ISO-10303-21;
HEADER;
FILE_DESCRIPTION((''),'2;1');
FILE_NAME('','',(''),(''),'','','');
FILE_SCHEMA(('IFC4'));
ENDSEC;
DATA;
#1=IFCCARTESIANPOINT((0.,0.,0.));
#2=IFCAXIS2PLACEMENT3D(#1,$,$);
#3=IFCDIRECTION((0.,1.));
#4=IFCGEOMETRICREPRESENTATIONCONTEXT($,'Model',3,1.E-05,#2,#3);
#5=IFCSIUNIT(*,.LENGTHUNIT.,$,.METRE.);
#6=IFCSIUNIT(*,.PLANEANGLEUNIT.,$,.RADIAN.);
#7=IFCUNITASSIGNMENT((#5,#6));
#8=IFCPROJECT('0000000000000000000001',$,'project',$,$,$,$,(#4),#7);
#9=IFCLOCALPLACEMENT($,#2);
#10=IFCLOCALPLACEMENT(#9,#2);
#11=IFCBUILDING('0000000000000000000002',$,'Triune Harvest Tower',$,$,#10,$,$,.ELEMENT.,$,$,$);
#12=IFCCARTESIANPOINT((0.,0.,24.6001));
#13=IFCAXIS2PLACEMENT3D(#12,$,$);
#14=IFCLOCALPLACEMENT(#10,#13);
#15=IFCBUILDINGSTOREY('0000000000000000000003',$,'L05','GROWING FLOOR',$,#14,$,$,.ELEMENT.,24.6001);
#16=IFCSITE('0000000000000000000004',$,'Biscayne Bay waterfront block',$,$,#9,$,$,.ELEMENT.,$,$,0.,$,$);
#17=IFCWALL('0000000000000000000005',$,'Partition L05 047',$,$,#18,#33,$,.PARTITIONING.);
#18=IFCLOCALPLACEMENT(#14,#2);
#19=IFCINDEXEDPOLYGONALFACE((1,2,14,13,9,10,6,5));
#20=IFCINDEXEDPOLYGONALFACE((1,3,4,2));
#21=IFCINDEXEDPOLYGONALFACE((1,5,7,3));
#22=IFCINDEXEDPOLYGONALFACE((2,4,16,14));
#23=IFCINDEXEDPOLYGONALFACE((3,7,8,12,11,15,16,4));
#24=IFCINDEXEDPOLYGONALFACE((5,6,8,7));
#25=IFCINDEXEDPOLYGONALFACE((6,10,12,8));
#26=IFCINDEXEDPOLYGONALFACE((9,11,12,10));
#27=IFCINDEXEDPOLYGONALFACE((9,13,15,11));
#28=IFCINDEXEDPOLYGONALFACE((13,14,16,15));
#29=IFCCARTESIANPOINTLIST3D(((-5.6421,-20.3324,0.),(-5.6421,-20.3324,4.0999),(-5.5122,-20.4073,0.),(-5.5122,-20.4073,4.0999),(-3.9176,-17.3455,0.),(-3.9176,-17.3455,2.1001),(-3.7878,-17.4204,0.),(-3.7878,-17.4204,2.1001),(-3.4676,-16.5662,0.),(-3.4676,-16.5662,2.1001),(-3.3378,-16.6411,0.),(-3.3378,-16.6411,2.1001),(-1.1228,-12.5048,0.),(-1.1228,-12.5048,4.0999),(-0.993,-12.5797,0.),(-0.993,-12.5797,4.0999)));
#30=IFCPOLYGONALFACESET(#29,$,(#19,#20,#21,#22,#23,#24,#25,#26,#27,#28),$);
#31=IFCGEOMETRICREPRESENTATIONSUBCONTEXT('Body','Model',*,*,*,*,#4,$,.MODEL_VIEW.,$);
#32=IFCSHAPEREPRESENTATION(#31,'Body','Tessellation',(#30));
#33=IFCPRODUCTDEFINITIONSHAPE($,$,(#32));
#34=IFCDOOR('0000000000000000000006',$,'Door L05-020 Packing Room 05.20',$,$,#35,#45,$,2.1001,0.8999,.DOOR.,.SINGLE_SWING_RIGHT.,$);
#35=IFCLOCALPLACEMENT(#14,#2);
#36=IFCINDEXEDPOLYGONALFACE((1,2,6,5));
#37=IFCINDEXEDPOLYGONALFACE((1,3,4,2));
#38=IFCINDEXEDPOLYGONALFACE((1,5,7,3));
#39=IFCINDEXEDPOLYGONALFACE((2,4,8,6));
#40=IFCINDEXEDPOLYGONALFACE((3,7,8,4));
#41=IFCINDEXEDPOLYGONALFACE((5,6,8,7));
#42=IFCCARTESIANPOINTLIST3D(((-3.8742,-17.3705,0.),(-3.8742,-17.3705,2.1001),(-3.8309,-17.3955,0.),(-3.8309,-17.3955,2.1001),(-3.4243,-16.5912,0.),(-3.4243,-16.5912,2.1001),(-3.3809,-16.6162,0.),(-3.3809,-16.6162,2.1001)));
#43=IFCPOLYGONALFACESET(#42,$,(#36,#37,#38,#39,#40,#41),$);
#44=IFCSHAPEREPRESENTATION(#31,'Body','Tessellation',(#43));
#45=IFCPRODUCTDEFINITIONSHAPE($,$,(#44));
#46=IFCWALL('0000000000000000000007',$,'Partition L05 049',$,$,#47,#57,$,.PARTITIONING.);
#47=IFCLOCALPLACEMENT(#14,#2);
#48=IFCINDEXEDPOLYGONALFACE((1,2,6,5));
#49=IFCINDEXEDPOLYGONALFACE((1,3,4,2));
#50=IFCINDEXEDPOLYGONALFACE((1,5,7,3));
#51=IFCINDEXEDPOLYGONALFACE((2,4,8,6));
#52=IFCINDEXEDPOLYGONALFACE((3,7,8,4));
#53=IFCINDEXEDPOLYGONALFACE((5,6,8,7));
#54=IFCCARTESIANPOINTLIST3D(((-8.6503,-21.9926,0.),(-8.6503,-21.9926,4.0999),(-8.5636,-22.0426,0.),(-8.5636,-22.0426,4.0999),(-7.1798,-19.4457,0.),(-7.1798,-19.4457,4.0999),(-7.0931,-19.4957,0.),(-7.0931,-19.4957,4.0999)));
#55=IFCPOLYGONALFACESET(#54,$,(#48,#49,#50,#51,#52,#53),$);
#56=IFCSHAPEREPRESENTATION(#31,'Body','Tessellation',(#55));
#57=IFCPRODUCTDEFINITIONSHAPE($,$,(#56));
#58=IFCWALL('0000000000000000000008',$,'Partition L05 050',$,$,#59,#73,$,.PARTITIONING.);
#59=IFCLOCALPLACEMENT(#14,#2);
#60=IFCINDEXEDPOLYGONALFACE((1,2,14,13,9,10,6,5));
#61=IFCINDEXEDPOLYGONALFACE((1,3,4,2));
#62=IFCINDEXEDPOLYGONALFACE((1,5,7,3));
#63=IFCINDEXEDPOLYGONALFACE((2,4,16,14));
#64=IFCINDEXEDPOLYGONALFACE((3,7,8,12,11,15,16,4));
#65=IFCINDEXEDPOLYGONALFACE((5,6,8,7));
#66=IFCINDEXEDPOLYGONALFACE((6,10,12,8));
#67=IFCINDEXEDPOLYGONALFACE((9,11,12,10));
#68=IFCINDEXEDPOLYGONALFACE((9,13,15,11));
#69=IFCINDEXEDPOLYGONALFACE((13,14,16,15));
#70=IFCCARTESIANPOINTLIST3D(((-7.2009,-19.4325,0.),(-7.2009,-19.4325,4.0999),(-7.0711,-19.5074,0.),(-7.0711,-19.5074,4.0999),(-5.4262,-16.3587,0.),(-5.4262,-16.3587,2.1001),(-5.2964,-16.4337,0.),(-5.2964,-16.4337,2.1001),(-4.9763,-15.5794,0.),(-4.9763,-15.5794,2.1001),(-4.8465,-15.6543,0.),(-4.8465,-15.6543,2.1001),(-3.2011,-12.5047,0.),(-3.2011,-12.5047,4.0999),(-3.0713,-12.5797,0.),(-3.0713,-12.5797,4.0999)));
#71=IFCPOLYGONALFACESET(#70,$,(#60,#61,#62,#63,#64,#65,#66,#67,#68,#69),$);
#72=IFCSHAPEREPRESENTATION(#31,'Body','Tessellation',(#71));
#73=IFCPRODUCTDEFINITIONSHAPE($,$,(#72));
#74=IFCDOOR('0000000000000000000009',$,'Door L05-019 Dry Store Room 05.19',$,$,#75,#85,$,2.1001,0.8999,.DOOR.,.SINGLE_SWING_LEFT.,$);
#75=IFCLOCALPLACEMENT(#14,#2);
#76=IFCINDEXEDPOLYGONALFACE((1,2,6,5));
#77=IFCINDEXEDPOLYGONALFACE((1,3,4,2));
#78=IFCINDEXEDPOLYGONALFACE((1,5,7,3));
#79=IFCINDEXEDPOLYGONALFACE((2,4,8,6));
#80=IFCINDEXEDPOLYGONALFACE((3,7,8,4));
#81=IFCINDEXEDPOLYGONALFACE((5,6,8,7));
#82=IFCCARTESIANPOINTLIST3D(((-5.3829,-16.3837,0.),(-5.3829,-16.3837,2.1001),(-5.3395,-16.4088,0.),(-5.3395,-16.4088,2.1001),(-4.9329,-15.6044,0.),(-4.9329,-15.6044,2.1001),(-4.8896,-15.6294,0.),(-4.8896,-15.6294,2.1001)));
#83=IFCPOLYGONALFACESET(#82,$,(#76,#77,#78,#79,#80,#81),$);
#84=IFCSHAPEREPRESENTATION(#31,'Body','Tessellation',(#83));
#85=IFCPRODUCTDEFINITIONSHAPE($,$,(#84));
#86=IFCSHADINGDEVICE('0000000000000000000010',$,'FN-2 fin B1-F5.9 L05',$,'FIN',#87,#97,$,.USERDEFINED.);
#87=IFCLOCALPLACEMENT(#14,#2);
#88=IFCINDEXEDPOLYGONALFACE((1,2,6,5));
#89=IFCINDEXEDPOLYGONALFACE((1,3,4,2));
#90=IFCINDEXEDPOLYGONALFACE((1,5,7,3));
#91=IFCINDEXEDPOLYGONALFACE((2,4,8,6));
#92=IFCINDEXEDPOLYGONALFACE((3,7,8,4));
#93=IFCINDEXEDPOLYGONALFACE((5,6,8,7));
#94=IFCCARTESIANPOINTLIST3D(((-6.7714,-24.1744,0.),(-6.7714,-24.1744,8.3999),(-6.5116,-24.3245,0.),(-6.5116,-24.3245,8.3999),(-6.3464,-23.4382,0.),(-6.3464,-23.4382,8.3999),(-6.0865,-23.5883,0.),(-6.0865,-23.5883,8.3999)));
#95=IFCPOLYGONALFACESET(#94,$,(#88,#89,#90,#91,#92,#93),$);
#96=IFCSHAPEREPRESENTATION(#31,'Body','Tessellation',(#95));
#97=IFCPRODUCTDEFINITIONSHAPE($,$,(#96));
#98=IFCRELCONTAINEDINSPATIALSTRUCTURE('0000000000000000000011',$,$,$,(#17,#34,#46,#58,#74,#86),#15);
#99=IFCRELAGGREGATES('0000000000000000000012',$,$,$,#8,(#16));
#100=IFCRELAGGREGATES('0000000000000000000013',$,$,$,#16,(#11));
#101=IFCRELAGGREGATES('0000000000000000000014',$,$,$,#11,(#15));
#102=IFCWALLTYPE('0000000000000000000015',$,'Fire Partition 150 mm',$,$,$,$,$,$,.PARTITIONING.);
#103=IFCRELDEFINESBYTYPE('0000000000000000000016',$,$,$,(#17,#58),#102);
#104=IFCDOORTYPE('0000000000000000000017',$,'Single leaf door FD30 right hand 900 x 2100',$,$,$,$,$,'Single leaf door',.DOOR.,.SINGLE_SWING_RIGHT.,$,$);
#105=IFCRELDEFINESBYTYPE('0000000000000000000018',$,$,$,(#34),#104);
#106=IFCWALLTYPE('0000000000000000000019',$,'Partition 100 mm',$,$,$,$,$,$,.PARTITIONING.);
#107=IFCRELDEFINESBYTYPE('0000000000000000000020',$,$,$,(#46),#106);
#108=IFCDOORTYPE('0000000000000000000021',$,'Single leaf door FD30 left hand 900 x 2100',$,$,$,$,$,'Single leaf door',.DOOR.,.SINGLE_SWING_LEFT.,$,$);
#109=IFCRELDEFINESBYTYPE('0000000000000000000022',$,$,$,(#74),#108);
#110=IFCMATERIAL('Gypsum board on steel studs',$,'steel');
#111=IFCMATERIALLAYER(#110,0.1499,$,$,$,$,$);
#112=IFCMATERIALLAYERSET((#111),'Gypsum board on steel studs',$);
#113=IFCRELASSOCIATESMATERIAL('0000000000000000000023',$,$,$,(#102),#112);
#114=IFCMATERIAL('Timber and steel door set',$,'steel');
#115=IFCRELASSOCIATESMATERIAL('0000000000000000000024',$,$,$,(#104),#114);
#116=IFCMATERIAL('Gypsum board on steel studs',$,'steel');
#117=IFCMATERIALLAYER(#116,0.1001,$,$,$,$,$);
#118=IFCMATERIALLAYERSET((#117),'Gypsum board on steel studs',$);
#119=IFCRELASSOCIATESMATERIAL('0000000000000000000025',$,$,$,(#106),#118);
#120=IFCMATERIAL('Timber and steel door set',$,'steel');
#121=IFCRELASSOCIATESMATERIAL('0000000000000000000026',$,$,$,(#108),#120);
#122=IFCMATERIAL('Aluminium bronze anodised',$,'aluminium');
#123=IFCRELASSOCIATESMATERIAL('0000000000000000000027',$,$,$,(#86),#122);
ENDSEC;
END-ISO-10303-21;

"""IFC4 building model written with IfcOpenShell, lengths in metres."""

from ifc_helpers import new_model, si_unit, direction, frame, frame_2d, origin, origin_2d, place, context, subcontext, project, spatial, rectangle, extrude, source, transform, mapped, material, layer, layer_set, type_object, element, fill, save


model = new_model("IFC4")

# Units and contexts
model_context = context("Model", 3, precision=1e-05, world=origin(), true_north=direction((0.0, 1.0)))
body_context = subcontext(model_context, "Body", "Model", "MODEL_VIEW")
ifc_project = project(units=[si_unit("LENGTHUNIT", "METRE"), si_unit("PLANEANGLEUNIT", "RADIAN")], contexts=[model_context])

# Site, building, storey
site_placement = place(None, origin())
site = spatial("IfcSite", under=ifc_project, at=site_placement, Name="Biscayne Bay waterfront block", CompositionType="ELEMENT", RefElevation=0.0)
building_placement = place(site_placement, origin())
building = spatial("IfcBuilding", under=site, at=building_placement, Name="Triune Harvest Tower", CompositionType="ELEMENT")
storey_placement = place(building_placement, frame((0.0, 0.0, 24.6001)))
storey = spatial("IfcBuildingStorey", under=building, at=storey_placement, Name="L05", Description="GROWING FLOOR", CompositionType="ELEMENT", Elevation=24.6001)

# Shared definitions
ifc_material_1 = material(Name="Gypsum board on steel studs", Category="steel")
ifc_layer_1 = layer(ifc_material_1, 0.1499)
ifc_layer_set_1 = layer_set([ifc_layer_1], Name="Gypsum board on steel studs")
wall_type_1 = type_object("IfcWallType", Name="Fire Partition 150 mm", PredefinedType="PARTITIONING", material=ifc_layer_set_1)

# Wall, opening, door
shared_shape_1 = source(origin(), body_context, "Body", "SweptSolid", [
    extrude(rectangle(XDim=9.0386, YDim=0.1499, at=frame_2d((4.5193, 0.0))), origin(), (0.0, 0.0, 1.0), 4.0999),
])
wall_1_placement = place(storey_placement, frame((-5.5771, -20.3699, 0.0), z_axis=(0.0, 0.0, 1.0), x_axis=(0.5, 0.866025, 0.0)))
wall_1 = element("IfcWall", 1, at=wall_1_placement, inside=storey, type_object=wall_type_1, Name="Partition L05 047", PredefinedType="PARTITIONING", context=body_context, shape_type="MappedRepresentation", body=[
    mapped(shared_shape_1, transform((0.0, 0.0, 0.0), scale=1.0)),
])
opening_1_placement = place(wall_1_placement, frame((3.449, 0.0, 0.0)))
opening_1 = element("IfcOpeningElement", 2, at=opening_1_placement, cuts=wall_1, PredefinedType="OPENING", context=body_context, shape_type="SweptSolid", body=[
    extrude(rectangle(XDim=0.8999, YDim=2.1001, at=frame_2d((0.45, 1.05))), frame((0.0, 0.085, 0.0), z_axis=(0.0, -1.0, 0.0), x_axis=(1.0, 0.0, 0.0)), (0.0, 0.0, 1.0), 0.1699),
])
ifc_material_2 = material(Name="Timber and steel door set", Category="steel")
door_type_1 = type_object("IfcDoorType", Name="Single leaf door FD30 right hand 900 x 2100", ElementType="Single leaf door", OperationType="SINGLE_SWING_RIGHT", PredefinedType="DOOR", material=ifc_material_2)
door_1_placement = place(opening_1_placement, origin())
door_1 = element("IfcDoor", 3, at=door_1_placement, inside=storey, type_object=door_type_1, Name="Door L05-020 Packing Room 05.20", OperationType="SINGLE_SWING_RIGHT", OverallHeight=2.1001, OverallWidth=0.8999, PredefinedType="DOOR", context=body_context, shape_type="SweptSolid", body=[
    extrude(rectangle(XDim=0.8999, YDim=2.1001, at=frame_2d((0.45, 1.05))), frame((0.0, 0.0249, 0.0), z_axis=(0.0, -1.0, 0.0), x_axis=(1.0, 0.0, 0.0)), (0.0, 0.0, 1.0), 0.05),
])
fill(opening_1, door_1)

# Wall
ifc_material_3 = material(Name="Gypsum board on steel studs", Category="steel")
ifc_layer_2 = layer(ifc_material_3, 0.1001)
ifc_layer_set_2 = layer_set([ifc_layer_2], Name="Gypsum board on steel studs")
wall_type_2 = type_object("IfcWallType", Name="Partition 100 mm", PredefinedType="PARTITIONING", material=ifc_layer_set_2)
shared_shape_2 = source(origin(), body_context, "Body", "SweptSolid", [
    extrude(rectangle(XDim=2.9409, YDim=0.1001, at=frame_2d((1.4705, 0.0))), origin(), (0.0, 0.0, 1.0), 4.0999),
])
wall_2_placement = place(storey_placement, frame((-8.6069, -22.0176, 0.0), z_axis=(0.0, 0.0, 1.0), x_axis=(0.500005, 0.866022, 0.0)))
element("IfcWall", 4, at=wall_2_placement, inside=storey, type_object=wall_type_2, Name="Partition L05 049", PredefinedType="PARTITIONING", context=body_context, shape_type="MappedRepresentation", body=[
    mapped(shared_shape_2, transform((0.0, 0.0, 0.0), scale=1.0)),
])

# Wall, opening, door
shared_shape_3 = source(origin(), body_context, "Body", "SweptSolid", [
    extrude(rectangle(XDim=7.9995, YDim=0.1499, at=frame_2d((3.9998, 0.0))), origin(), (0.0, 0.0, 1.0), 4.0999),
])
wall_3_placement = place(storey_placement, frame((-7.136, -19.47, 0.0), z_axis=(0.0, 0.0, 1.0), x_axis=(0.500002, 0.866024, 0.0)))
wall_3 = element("IfcWall", 5, at=wall_3_placement, inside=storey, type_object=wall_type_1, Name="Partition L05 050", PredefinedType="PARTITIONING", context=body_context, shape_type="MappedRepresentation", body=[
    mapped(shared_shape_3, transform((0.0, 0.0, 0.0), scale=1.0)),
])
opening_2_placement = place(wall_3_placement, frame((3.5493, 0.0, 0.0)))
opening_2 = element("IfcOpeningElement", 6, at=opening_2_placement, cuts=wall_3, PredefinedType="OPENING", context=body_context, shape_type="SweptSolid", body=[
    extrude(rectangle(XDim=0.8999, YDim=2.1001, at=frame_2d((0.45, 1.05))), frame((0.0, 0.085, 0.0), z_axis=(0.0, -1.0, 0.0), x_axis=(1.0, 0.0, 0.0)), (0.0, 0.0, 1.0), 0.1699),
])
ifc_material_4 = material(Name="Timber and steel door set", Category="steel")
door_type_2 = type_object("IfcDoorType", Name="Single leaf door FD30 left hand 900 x 2100", ElementType="Single leaf door", OperationType="SINGLE_SWING_LEFT", PredefinedType="DOOR", material=ifc_material_4)
door_2_placement = place(opening_2_placement, origin())
door_2 = element("IfcDoor", 7, at=door_2_placement, inside=storey, type_object=door_type_2, Name="Door L05-019 Dry Store Room 05.19", OperationType="SINGLE_SWING_LEFT", OverallHeight=2.1001, OverallWidth=0.8999, PredefinedType="DOOR", context=body_context, shape_type="SweptSolid", body=[
    extrude(rectangle(XDim=0.8999, YDim=2.1001, at=frame_2d((0.45, 1.05))), frame((0.0, 0.0249, 0.0), z_axis=(0.0, -1.0, 0.0), x_axis=(1.0, 0.0, 0.0)), (0.0, 0.0, 1.0), 0.05),
])
fill(opening_2, door_2)

# Shading device
ifc_material_5 = material(Name="Aluminium bronze anodised", Category="aluminium")
shared_shape_4 = source(origin(), body_context, "Body", "SweptSolid", [
    extrude(rectangle(XDim=0.3, YDim=0.8501, at=origin_2d()), origin(), (0.0, 0.0, 1.0), 8.3999),
])
shading_device_placement = place(storey_placement, frame((-6.429, -23.8813, 0.0), z_axis=(0.0, 0.0, 1.0), x_axis=(0.866025, -0.5, 0.0)))
element("IfcShadingDevice", 8, at=shading_device_placement, inside=storey, material=ifc_material_5, Name="FN-2 fin B1-F5.9 L05", ObjectType="FIN", PredefinedType="USERDEFINED", context=body_context, shape_type="MappedRepresentation", body=[
    mapped(shared_shape_4, transform((0.0, 0.0, 0.0), scale=1.0)),
])

save(model, "model.ifc")
